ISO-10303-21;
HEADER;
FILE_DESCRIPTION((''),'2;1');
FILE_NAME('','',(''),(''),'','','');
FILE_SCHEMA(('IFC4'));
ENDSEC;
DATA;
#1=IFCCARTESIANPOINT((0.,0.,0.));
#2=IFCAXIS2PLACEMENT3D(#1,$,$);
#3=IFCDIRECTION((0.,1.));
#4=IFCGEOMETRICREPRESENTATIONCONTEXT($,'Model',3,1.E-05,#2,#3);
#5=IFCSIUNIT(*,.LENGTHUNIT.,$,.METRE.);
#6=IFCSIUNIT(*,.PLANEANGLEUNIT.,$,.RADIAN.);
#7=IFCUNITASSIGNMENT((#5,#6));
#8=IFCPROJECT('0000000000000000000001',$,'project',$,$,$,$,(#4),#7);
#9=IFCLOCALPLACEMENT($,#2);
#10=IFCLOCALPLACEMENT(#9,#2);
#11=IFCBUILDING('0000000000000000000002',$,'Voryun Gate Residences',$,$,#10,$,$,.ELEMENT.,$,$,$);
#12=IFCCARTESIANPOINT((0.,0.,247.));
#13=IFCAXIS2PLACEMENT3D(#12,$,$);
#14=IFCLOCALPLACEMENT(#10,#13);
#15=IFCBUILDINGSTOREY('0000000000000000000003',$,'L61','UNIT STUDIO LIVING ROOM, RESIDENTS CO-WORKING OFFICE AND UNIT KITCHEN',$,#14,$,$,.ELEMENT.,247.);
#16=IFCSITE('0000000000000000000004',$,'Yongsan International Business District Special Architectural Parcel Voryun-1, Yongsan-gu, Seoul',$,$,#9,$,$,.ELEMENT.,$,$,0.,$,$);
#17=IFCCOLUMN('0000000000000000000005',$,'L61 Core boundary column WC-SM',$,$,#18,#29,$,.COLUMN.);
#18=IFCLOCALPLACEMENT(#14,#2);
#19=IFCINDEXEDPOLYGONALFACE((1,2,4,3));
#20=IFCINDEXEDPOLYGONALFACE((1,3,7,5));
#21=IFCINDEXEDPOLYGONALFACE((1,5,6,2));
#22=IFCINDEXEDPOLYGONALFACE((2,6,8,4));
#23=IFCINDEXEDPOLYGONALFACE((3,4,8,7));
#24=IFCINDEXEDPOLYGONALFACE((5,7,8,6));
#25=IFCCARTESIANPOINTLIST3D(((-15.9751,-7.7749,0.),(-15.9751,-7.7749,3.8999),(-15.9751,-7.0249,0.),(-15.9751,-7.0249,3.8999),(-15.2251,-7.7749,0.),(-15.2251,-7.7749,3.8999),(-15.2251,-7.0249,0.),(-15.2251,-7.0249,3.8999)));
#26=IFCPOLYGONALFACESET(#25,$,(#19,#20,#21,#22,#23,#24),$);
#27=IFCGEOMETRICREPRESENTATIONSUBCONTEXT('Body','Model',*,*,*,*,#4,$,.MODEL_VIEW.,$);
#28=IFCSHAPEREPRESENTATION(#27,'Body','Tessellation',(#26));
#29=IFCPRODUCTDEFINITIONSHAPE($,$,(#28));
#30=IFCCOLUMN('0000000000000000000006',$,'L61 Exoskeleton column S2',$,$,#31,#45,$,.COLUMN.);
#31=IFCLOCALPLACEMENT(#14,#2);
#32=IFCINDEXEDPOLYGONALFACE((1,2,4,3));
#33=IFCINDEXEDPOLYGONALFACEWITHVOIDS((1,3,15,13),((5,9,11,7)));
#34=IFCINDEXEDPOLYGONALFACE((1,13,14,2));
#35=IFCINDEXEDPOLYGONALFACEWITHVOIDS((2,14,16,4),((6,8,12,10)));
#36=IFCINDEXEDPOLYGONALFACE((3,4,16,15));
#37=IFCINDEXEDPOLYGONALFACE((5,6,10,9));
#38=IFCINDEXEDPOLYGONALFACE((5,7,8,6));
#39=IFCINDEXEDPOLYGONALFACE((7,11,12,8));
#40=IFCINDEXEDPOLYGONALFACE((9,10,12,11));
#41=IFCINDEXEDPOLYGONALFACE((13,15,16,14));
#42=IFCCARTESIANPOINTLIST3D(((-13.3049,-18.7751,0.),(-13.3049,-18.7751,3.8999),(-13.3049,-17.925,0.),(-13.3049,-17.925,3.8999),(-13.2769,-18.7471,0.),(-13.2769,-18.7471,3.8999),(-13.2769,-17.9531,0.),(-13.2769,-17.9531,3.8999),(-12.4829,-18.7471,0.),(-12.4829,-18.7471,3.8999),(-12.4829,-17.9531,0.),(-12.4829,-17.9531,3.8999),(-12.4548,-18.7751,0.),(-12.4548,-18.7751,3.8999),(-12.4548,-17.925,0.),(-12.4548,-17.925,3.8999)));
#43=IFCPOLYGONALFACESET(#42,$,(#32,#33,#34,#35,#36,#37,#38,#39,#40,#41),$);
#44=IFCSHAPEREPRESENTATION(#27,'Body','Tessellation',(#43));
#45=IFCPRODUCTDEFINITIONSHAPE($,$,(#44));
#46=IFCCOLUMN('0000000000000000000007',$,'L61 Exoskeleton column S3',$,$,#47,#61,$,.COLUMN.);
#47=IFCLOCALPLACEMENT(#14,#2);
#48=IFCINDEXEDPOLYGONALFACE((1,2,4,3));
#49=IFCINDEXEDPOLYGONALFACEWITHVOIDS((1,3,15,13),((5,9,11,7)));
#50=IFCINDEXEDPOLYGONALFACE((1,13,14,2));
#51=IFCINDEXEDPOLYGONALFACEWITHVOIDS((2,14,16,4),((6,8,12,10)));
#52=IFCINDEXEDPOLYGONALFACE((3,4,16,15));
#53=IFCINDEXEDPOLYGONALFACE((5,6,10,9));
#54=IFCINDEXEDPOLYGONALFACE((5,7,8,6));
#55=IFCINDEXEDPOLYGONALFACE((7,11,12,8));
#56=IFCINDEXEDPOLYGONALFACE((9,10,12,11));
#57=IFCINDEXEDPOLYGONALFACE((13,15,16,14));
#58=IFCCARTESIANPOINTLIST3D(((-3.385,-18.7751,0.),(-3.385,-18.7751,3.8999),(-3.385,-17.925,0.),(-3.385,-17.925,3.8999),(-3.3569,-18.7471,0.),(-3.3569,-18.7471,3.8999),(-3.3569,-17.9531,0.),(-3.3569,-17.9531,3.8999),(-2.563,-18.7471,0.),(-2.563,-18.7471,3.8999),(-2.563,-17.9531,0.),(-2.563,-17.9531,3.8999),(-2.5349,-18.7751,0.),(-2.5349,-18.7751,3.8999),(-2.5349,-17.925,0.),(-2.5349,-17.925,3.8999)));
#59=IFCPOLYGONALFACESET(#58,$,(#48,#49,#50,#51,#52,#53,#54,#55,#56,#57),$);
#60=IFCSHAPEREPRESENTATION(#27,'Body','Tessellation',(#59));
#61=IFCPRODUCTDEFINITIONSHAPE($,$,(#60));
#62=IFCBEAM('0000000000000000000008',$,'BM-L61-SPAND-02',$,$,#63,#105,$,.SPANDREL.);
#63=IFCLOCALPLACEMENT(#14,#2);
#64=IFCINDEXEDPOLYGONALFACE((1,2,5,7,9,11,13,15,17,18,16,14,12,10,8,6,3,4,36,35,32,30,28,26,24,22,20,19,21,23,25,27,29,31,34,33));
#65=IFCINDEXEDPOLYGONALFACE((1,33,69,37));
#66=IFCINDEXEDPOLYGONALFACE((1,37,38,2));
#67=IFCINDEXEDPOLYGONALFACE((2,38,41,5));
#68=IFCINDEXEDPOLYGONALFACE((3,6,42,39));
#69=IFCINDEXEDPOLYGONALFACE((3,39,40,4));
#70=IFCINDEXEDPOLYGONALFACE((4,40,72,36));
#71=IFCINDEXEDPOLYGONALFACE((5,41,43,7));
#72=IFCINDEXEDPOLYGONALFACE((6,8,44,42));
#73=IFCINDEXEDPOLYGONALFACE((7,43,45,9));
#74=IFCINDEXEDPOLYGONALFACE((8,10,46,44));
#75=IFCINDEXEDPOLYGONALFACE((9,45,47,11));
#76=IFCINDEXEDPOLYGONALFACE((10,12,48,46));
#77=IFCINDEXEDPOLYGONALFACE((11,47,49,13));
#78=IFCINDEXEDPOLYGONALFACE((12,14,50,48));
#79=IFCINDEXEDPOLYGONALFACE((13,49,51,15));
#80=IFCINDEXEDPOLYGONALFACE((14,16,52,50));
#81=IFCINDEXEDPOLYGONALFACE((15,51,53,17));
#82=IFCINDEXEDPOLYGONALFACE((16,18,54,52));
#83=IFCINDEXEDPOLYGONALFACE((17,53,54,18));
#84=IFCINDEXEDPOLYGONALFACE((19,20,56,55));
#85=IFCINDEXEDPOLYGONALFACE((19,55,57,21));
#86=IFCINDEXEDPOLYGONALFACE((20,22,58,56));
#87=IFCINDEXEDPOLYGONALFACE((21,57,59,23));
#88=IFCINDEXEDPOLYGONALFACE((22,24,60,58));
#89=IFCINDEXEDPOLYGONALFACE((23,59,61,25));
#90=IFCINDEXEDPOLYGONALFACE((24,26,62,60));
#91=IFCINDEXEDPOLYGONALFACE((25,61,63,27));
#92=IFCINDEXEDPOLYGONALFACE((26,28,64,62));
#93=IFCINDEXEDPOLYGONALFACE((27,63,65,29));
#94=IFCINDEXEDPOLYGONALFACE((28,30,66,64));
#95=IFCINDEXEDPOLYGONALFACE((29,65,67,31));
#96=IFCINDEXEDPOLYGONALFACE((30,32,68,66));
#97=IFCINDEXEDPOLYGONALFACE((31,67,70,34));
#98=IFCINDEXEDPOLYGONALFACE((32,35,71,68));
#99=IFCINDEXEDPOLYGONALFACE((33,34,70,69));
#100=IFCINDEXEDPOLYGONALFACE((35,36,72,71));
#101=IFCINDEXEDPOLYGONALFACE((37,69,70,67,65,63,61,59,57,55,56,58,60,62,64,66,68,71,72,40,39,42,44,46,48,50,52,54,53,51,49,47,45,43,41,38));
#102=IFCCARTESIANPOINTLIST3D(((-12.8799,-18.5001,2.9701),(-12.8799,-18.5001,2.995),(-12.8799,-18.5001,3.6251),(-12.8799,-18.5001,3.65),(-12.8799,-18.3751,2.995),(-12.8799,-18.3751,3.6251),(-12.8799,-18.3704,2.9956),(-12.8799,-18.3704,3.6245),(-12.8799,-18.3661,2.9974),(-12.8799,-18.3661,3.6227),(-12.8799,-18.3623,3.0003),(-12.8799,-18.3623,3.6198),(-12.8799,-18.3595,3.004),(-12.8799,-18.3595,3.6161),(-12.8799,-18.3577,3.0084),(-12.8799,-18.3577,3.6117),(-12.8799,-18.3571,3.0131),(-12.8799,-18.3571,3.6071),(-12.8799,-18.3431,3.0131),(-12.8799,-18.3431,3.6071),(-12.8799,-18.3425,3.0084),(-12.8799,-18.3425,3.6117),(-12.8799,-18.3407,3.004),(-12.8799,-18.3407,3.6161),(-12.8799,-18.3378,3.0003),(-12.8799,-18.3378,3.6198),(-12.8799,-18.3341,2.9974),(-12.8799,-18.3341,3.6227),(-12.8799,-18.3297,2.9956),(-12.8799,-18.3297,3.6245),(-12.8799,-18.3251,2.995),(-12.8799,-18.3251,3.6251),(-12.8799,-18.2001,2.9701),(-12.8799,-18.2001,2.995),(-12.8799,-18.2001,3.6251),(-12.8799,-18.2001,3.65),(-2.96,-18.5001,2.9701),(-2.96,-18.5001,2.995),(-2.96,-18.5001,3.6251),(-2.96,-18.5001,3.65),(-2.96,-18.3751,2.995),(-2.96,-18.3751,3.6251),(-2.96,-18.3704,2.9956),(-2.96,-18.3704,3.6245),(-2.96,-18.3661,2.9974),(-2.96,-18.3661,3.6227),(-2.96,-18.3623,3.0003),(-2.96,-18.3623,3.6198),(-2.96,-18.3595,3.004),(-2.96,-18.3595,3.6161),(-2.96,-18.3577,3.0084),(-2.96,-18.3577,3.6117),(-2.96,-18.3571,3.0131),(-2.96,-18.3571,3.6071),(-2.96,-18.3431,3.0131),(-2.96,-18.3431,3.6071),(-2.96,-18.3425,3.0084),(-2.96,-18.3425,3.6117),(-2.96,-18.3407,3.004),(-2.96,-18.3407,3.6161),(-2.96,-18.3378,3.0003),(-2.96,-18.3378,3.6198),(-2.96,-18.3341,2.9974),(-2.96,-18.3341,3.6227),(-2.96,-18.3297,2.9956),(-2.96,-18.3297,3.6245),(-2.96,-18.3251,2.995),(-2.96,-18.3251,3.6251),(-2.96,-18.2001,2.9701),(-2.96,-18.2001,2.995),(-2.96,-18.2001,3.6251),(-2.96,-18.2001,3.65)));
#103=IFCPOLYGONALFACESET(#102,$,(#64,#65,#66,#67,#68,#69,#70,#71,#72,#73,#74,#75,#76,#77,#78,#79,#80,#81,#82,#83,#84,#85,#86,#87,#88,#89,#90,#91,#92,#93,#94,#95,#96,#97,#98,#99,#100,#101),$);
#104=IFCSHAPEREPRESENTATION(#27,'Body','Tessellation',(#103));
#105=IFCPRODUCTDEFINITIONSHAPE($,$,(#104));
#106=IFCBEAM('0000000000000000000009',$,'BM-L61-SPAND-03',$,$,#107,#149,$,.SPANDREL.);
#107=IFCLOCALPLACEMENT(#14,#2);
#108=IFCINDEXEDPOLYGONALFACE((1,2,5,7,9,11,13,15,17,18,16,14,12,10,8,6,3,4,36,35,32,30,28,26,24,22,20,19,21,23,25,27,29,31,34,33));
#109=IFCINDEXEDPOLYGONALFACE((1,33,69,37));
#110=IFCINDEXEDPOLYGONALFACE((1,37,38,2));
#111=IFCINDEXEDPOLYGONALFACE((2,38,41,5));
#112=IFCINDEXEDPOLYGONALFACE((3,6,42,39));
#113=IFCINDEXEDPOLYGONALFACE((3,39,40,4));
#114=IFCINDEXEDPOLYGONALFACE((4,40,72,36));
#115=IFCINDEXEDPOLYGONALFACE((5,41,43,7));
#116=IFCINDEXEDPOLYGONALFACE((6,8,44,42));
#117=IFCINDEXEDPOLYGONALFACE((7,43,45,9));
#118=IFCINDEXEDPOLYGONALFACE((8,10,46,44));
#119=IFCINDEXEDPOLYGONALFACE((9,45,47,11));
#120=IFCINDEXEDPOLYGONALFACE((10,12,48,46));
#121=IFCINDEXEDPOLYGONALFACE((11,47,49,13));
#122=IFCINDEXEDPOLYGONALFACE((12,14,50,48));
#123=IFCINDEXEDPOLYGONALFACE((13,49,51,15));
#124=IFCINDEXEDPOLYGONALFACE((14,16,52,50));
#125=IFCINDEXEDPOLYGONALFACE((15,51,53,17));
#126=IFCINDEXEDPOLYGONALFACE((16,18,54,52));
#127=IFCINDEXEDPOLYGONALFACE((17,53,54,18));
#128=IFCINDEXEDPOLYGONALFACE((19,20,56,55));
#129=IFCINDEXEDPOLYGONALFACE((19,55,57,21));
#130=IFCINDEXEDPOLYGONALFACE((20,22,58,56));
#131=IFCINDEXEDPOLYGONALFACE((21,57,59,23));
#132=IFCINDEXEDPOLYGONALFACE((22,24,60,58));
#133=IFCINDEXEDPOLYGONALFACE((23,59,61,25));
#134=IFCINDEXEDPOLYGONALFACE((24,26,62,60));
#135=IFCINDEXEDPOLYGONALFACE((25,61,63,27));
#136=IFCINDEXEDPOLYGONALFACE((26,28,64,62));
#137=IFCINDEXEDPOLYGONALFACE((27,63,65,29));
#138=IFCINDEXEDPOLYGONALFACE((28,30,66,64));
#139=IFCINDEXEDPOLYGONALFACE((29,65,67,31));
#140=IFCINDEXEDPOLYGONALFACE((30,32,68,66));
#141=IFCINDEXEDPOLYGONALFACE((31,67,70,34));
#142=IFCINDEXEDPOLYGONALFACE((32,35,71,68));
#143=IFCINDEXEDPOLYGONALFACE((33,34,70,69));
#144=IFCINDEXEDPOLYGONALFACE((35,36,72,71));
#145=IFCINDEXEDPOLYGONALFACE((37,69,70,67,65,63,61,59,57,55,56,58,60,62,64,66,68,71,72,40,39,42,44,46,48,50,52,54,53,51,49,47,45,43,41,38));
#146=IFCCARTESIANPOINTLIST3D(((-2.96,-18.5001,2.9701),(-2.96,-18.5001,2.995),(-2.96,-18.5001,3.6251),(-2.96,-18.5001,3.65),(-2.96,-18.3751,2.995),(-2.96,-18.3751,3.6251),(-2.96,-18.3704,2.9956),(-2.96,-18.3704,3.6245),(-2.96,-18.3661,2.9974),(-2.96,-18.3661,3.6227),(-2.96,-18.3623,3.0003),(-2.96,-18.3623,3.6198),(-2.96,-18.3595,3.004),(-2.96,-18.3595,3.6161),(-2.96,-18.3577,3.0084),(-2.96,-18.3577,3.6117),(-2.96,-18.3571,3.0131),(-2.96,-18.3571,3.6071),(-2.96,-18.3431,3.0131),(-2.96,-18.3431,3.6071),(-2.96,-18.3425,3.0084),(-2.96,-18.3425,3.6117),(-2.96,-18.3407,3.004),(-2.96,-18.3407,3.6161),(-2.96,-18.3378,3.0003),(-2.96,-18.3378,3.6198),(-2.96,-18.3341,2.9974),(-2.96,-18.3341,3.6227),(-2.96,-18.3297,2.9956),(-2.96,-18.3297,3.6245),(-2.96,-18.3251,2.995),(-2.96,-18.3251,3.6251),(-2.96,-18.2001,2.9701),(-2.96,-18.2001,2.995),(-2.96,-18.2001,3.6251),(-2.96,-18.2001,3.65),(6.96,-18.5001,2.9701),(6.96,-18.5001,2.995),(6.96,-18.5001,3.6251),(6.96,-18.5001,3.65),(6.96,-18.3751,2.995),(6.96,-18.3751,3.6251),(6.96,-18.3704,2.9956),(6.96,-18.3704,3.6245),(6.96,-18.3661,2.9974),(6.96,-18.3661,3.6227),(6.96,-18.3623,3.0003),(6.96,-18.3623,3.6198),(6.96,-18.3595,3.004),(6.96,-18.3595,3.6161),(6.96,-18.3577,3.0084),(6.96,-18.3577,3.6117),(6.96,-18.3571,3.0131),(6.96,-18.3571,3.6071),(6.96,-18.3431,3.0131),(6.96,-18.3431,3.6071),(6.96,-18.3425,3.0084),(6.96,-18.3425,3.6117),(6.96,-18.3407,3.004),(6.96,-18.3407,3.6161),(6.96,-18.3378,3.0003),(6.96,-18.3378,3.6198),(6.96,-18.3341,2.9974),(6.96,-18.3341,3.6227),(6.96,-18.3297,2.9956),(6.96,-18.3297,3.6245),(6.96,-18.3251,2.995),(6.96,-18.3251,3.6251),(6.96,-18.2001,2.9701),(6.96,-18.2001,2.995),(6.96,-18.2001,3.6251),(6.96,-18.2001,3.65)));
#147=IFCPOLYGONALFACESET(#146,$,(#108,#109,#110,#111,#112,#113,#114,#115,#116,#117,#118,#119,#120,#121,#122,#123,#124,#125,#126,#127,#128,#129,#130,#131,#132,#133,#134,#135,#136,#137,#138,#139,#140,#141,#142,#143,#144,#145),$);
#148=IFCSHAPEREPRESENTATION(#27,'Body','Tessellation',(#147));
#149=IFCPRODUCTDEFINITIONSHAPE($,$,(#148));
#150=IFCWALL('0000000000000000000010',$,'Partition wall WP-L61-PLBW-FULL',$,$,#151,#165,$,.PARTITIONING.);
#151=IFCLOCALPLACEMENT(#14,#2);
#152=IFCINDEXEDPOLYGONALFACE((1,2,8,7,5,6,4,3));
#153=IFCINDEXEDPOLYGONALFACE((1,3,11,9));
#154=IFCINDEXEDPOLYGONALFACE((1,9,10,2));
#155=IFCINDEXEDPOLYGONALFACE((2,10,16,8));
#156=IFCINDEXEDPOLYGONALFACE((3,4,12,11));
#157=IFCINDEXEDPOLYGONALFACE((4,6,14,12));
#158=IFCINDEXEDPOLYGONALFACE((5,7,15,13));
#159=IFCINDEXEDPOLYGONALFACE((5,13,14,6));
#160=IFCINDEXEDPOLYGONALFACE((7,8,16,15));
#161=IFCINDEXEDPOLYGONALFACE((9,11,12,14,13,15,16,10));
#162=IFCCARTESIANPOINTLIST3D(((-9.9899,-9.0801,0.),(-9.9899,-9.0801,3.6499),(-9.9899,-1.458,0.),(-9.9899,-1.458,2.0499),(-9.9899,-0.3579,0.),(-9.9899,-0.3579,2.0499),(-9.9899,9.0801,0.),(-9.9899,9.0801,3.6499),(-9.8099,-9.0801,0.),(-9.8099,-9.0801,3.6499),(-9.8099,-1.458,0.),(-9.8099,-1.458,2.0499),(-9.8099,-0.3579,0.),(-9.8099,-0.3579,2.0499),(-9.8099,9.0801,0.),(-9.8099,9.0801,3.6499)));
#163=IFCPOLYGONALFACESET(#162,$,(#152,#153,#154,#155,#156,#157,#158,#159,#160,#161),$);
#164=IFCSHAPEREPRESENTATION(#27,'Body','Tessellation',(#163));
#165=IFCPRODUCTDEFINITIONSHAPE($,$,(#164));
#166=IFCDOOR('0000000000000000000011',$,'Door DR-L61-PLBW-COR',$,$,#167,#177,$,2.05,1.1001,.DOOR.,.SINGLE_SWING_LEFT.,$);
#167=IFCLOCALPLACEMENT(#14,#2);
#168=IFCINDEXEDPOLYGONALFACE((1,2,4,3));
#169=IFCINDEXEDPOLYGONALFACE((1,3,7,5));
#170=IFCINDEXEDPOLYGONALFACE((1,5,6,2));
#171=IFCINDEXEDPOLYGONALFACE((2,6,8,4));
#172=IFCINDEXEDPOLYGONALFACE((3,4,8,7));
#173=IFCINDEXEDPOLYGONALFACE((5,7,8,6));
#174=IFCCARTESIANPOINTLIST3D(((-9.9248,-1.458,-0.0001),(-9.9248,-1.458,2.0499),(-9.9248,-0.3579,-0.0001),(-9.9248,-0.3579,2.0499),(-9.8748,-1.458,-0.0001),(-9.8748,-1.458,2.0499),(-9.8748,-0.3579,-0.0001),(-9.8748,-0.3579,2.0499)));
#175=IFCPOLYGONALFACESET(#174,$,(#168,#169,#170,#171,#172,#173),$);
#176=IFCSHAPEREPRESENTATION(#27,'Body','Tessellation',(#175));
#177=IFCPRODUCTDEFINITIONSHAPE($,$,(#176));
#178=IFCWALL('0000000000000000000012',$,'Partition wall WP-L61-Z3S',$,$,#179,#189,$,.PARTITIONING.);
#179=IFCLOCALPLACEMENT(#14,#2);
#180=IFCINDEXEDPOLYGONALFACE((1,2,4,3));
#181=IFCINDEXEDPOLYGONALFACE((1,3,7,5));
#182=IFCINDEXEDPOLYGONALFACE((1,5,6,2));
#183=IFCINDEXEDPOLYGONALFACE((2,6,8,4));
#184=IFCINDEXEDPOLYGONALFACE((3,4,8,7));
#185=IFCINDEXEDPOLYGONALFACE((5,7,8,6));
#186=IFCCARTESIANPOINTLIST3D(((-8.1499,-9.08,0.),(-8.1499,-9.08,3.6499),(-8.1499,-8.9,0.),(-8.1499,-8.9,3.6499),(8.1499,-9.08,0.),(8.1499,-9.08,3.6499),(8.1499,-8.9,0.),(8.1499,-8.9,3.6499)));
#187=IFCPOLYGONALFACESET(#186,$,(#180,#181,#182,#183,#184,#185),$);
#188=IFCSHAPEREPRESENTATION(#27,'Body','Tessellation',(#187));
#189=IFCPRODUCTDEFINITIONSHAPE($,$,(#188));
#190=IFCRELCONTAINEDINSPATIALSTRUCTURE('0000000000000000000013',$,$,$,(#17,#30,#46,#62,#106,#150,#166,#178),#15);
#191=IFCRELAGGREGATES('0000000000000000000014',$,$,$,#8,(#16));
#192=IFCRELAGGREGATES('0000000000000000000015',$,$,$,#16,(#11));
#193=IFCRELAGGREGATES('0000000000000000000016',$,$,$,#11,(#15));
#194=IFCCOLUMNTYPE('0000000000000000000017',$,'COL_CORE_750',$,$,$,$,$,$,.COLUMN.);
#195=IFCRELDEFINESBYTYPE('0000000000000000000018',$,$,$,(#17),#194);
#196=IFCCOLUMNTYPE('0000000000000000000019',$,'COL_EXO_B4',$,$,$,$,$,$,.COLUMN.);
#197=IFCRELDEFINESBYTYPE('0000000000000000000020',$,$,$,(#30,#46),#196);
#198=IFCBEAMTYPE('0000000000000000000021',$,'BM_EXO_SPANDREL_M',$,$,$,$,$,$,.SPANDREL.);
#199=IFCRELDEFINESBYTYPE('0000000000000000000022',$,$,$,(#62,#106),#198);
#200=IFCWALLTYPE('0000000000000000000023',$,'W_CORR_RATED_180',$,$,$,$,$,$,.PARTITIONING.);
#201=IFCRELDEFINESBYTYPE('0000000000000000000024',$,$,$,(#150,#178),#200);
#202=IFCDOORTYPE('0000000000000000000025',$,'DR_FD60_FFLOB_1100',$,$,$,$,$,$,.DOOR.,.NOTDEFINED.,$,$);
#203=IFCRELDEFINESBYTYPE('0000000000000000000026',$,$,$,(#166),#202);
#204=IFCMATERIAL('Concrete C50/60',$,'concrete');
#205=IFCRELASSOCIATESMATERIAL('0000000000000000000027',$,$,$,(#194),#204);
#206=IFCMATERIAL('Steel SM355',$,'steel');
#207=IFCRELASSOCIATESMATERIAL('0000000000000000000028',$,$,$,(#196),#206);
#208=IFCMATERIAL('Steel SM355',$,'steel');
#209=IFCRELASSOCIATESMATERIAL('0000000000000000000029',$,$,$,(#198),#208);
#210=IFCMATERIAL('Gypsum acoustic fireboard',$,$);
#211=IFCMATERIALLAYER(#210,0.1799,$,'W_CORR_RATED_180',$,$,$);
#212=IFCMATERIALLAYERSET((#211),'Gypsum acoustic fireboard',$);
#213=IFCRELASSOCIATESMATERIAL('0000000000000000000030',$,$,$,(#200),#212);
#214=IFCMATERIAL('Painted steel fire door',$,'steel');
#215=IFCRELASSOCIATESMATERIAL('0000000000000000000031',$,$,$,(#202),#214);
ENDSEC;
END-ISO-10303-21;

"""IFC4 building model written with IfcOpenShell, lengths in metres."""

from ifc_helpers import new_model, si_unit, direction, frame, frame_2d, origin, origin_2d, place, context, subcontext, project, spatial, rectangle, hollow_rectangle, i_section, extrude, material, layer, layer_set, material_profile, profile_set, type_object, element, fill, save


model = new_model("IFC4")

# Units and contexts
model_context = context("Model", 3, precision=1e-05, world=origin(), true_north=direction((0.0, 1.0)))
body_context = subcontext(model_context, "Body", "Model", "MODEL_VIEW")
ifc_project = project(units=[si_unit("LENGTHUNIT", "METRE"), si_unit("PLANEANGLEUNIT", "RADIAN")], contexts=[model_context])

# Site, building, storey
site_placement = place(None, origin())
site = spatial("IfcSite", under=ifc_project, at=site_placement, Name="Yongsan International Business District Special Architectural Parcel Voryun-1, Yongsan-gu, Seoul", CompositionType="ELEMENT", RefElevation=0.0)
building_placement = place(site_placement, origin())
building = spatial("IfcBuilding", under=site, at=building_placement, Name="Voryun Gate Residences", CompositionType="ELEMENT")
storey_placement = place(building_placement, frame((0.0, 0.0, 247.0)))
storey = spatial("IfcBuildingStorey", under=building, at=storey_placement, Name="L61", Description="UNIT STUDIO LIVING ROOM, RESIDENTS CO-WORKING OFFICE AND UNIT KITCHEN", CompositionType="ELEMENT", Elevation=247.0)

# Columns
ifc_material_1 = material(Name="Concrete C50/60", Category="concrete")
ifc_material_profile_1 = material_profile(ifc_material_1, rectangle(XDim=0.75, YDim=0.75, at=origin_2d()), Name="RC-750x750")
ifc_profile_set_1 = profile_set([ifc_material_profile_1], Name="Concrete C50/60")
column_type_1 = type_object("IfcColumnType", Name="COL_CORE_750", PredefinedType="COLUMN", material=ifc_profile_set_1)
column_placement = place(storey_placement, frame((-15.6001, -7.3999, 0.0), z_axis=(0.0, 0.0, 1.0), x_axis=(1.0, 0.0, 0.0)))
element("IfcColumn", 1, at=column_placement, inside=storey, type_object=column_type_1, Name="L61 Core boundary column WC-SM", PredefinedType="COLUMN", context=body_context, shape_type="SweptSolid", body=[
    extrude(rectangle(XDim=0.75, YDim=0.75, at=origin_2d()), origin(), (0.0, 0.0, 1.0), 3.8999),
])
ifc_material_2 = material(Name="Steel SM355", Category="steel")
ifc_material_profile_2 = material_profile(ifc_material_2, hollow_rectangle(XDim=0.8501, YDim=0.8501, WallThickness=0.0281, at=origin_2d()), Name="BOX-850x850x28")
ifc_profile_set_2 = profile_set([ifc_material_profile_2], Name="Steel SM355")
column_type_2 = type_object("IfcColumnType", Name="COL_EXO_B4", PredefinedType="COLUMN", material=ifc_profile_set_2)
for number, where, z_axis, x_axis, name in (
    (2, (-12.8799, -18.3501, 0.0), (0.0, 0.0, 1.0), (1.0, 0.0, 0.0), "L61 Exoskeleton column S2"),
    (3, (-2.96, -18.3501, 0.0), (0.0, 0.0, 1.0), (1.0, 0.0, 0.0), "L61 Exoskeleton column S3"),
):
    element("IfcColumn", number, at=place(storey_placement, frame(where, z_axis=z_axis, x_axis=x_axis)), inside=storey, type_object=column_type_2, Name=name, PredefinedType="COLUMN", context=body_context, shape_type="SweptSolid", body=[
        extrude(hollow_rectangle(XDim=0.8501, YDim=0.8501, WallThickness=0.0281, at=origin_2d()), origin(), (0.0, 0.0, 1.0), 3.8999),
    ])

# Beams
ifc_material_3 = material(Name="Steel SM355", Category="steel")
ifc_material_profile_3 = material_profile(ifc_material_3, i_section(OverallWidth=0.3, OverallDepth=0.6799, WebThickness=0.0139, FlangeThickness=0.0249, FilletRadius=0.0181, at=origin_2d()), Name="H-680x300x14x25")
ifc_profile_set_3 = profile_set([ifc_material_profile_3], Name="Steel SM355")
beam_type = type_object("IfcBeamType", Name="BM_EXO_SPANDREL_M", PredefinedType="SPANDREL", material=ifc_profile_set_3)
for number, where, z_axis, x_axis, name in (
    (4, (-12.8799, -18.3501, 3.3101), (1.0, 0.0, 0.0), (0.0, 1.0, 0.0), "BM-L61-SPAND-02"),
    (5, (-2.96, -18.3501, 3.3101), (1.0, 0.0, 0.0), (0.0, 1.0, 0.0), "BM-L61-SPAND-03"),
):
    element("IfcBeam", number, at=place(storey_placement, frame(where, z_axis=z_axis, x_axis=x_axis)), inside=storey, type_object=beam_type, Name=name, PredefinedType="SPANDREL", context=body_context, shape_type="SweptSolid", body=[
        extrude(i_section(OverallWidth=0.3, OverallDepth=0.6799, WebThickness=0.0139, FlangeThickness=0.0249, FilletRadius=0.0181, at=origin_2d()), origin(), (0.0, 0.0, 1.0), 9.9199),
    ])

# Wall, opening, door
ifc_material_4 = material(Name="Gypsum acoustic fireboard")
ifc_layer_1 = layer(ifc_material_4, 0.1799, Name="W_CORR_RATED_180")
ifc_layer_set_1 = layer_set([ifc_layer_1], Name="Gypsum acoustic fireboard")
wall_type_1 = type_object("IfcWallType", Name="W_CORR_RATED_180", PredefinedType="PARTITIONING", material=ifc_layer_set_1)
wall_1_placement = place(storey_placement, frame((-9.8999, -9.0801, 0.0), z_axis=(0.0, 0.0, 1.0), x_axis=(0.0, 1.0, 0.0)))
wall_1 = element("IfcWall", 6, at=wall_1_placement, inside=storey, type_object=wall_type_1, Name="Partition wall WP-L61-PLBW-FULL", PredefinedType="PARTITIONING", context=body_context, shape_type="SweptSolid", body=[
    extrude(rectangle(XDim=18.1602, YDim=0.1799, at=frame_2d((9.0801, 0.0))), origin(), (0.0, 0.0, 1.0), 3.6499),
])
opening_1_placement = place(wall_1_placement, frame((7.6221, 0.0, 0.0)))
opening_1 = element("IfcOpeningElement", 7, at=opening_1_placement, cuts=wall_1, PredefinedType="OPENING", context=body_context, shape_type="SweptSolid", body=[
    extrude(rectangle(XDim=1.1001, YDim=2.05, at=frame_2d((0.55, 1.0249))), frame((0.0, 0.0999, 0.0), z_axis=(0.0, -1.0, 0.0), x_axis=(1.0, 0.0, 0.0)), (0.0, 0.0, 1.0), 0.2),
])
ifc_material_5 = material(Name="Painted steel fire door", Category="steel")
door_type_1 = type_object("IfcDoorType", Name="DR_FD60_FFLOB_1100", OperationType="NOTDEFINED", PredefinedType="DOOR", material=ifc_material_5)
door_1_placement = place(opening_1_placement, origin())
door_1 = element("IfcDoor", 8, at=door_1_placement, inside=storey, type_object=door_type_1, Name="Door DR-L61-PLBW-COR", OperationType="SINGLE_SWING_LEFT", OverallHeight=2.05, OverallWidth=1.1001, PredefinedType="DOOR", context=body_context, shape_type="SweptSolid", body=[
    extrude(rectangle(XDim=1.1001, YDim=2.05, at=frame_2d((0.55, 1.0249))), frame((0.0, 0.0249, 0.0), z_axis=(0.0, -1.0, 0.0), x_axis=(1.0, 0.0, 0.0)), (0.0, 0.0, 1.0), 0.05),
])
fill(opening_1, door_1)

# Wall
wall_2_placement = place(storey_placement, frame((-8.1499, -8.99, 0.0), z_axis=(0.0, 0.0, 1.0), x_axis=(1.0, 0.0, 0.0)))
element("IfcWall", 9, at=wall_2_placement, inside=storey, type_object=wall_type_1, Name="Partition wall WP-L61-Z3S", PredefinedType="PARTITIONING", context=body_context, shape_type="SweptSolid", body=[
    extrude(rectangle(XDim=16.2998, YDim=0.1799, at=frame_2d((8.1499, 0.0))), origin(), (0.0, 0.0, 1.0), 3.6499),
])

save(model, "model.ifc")
